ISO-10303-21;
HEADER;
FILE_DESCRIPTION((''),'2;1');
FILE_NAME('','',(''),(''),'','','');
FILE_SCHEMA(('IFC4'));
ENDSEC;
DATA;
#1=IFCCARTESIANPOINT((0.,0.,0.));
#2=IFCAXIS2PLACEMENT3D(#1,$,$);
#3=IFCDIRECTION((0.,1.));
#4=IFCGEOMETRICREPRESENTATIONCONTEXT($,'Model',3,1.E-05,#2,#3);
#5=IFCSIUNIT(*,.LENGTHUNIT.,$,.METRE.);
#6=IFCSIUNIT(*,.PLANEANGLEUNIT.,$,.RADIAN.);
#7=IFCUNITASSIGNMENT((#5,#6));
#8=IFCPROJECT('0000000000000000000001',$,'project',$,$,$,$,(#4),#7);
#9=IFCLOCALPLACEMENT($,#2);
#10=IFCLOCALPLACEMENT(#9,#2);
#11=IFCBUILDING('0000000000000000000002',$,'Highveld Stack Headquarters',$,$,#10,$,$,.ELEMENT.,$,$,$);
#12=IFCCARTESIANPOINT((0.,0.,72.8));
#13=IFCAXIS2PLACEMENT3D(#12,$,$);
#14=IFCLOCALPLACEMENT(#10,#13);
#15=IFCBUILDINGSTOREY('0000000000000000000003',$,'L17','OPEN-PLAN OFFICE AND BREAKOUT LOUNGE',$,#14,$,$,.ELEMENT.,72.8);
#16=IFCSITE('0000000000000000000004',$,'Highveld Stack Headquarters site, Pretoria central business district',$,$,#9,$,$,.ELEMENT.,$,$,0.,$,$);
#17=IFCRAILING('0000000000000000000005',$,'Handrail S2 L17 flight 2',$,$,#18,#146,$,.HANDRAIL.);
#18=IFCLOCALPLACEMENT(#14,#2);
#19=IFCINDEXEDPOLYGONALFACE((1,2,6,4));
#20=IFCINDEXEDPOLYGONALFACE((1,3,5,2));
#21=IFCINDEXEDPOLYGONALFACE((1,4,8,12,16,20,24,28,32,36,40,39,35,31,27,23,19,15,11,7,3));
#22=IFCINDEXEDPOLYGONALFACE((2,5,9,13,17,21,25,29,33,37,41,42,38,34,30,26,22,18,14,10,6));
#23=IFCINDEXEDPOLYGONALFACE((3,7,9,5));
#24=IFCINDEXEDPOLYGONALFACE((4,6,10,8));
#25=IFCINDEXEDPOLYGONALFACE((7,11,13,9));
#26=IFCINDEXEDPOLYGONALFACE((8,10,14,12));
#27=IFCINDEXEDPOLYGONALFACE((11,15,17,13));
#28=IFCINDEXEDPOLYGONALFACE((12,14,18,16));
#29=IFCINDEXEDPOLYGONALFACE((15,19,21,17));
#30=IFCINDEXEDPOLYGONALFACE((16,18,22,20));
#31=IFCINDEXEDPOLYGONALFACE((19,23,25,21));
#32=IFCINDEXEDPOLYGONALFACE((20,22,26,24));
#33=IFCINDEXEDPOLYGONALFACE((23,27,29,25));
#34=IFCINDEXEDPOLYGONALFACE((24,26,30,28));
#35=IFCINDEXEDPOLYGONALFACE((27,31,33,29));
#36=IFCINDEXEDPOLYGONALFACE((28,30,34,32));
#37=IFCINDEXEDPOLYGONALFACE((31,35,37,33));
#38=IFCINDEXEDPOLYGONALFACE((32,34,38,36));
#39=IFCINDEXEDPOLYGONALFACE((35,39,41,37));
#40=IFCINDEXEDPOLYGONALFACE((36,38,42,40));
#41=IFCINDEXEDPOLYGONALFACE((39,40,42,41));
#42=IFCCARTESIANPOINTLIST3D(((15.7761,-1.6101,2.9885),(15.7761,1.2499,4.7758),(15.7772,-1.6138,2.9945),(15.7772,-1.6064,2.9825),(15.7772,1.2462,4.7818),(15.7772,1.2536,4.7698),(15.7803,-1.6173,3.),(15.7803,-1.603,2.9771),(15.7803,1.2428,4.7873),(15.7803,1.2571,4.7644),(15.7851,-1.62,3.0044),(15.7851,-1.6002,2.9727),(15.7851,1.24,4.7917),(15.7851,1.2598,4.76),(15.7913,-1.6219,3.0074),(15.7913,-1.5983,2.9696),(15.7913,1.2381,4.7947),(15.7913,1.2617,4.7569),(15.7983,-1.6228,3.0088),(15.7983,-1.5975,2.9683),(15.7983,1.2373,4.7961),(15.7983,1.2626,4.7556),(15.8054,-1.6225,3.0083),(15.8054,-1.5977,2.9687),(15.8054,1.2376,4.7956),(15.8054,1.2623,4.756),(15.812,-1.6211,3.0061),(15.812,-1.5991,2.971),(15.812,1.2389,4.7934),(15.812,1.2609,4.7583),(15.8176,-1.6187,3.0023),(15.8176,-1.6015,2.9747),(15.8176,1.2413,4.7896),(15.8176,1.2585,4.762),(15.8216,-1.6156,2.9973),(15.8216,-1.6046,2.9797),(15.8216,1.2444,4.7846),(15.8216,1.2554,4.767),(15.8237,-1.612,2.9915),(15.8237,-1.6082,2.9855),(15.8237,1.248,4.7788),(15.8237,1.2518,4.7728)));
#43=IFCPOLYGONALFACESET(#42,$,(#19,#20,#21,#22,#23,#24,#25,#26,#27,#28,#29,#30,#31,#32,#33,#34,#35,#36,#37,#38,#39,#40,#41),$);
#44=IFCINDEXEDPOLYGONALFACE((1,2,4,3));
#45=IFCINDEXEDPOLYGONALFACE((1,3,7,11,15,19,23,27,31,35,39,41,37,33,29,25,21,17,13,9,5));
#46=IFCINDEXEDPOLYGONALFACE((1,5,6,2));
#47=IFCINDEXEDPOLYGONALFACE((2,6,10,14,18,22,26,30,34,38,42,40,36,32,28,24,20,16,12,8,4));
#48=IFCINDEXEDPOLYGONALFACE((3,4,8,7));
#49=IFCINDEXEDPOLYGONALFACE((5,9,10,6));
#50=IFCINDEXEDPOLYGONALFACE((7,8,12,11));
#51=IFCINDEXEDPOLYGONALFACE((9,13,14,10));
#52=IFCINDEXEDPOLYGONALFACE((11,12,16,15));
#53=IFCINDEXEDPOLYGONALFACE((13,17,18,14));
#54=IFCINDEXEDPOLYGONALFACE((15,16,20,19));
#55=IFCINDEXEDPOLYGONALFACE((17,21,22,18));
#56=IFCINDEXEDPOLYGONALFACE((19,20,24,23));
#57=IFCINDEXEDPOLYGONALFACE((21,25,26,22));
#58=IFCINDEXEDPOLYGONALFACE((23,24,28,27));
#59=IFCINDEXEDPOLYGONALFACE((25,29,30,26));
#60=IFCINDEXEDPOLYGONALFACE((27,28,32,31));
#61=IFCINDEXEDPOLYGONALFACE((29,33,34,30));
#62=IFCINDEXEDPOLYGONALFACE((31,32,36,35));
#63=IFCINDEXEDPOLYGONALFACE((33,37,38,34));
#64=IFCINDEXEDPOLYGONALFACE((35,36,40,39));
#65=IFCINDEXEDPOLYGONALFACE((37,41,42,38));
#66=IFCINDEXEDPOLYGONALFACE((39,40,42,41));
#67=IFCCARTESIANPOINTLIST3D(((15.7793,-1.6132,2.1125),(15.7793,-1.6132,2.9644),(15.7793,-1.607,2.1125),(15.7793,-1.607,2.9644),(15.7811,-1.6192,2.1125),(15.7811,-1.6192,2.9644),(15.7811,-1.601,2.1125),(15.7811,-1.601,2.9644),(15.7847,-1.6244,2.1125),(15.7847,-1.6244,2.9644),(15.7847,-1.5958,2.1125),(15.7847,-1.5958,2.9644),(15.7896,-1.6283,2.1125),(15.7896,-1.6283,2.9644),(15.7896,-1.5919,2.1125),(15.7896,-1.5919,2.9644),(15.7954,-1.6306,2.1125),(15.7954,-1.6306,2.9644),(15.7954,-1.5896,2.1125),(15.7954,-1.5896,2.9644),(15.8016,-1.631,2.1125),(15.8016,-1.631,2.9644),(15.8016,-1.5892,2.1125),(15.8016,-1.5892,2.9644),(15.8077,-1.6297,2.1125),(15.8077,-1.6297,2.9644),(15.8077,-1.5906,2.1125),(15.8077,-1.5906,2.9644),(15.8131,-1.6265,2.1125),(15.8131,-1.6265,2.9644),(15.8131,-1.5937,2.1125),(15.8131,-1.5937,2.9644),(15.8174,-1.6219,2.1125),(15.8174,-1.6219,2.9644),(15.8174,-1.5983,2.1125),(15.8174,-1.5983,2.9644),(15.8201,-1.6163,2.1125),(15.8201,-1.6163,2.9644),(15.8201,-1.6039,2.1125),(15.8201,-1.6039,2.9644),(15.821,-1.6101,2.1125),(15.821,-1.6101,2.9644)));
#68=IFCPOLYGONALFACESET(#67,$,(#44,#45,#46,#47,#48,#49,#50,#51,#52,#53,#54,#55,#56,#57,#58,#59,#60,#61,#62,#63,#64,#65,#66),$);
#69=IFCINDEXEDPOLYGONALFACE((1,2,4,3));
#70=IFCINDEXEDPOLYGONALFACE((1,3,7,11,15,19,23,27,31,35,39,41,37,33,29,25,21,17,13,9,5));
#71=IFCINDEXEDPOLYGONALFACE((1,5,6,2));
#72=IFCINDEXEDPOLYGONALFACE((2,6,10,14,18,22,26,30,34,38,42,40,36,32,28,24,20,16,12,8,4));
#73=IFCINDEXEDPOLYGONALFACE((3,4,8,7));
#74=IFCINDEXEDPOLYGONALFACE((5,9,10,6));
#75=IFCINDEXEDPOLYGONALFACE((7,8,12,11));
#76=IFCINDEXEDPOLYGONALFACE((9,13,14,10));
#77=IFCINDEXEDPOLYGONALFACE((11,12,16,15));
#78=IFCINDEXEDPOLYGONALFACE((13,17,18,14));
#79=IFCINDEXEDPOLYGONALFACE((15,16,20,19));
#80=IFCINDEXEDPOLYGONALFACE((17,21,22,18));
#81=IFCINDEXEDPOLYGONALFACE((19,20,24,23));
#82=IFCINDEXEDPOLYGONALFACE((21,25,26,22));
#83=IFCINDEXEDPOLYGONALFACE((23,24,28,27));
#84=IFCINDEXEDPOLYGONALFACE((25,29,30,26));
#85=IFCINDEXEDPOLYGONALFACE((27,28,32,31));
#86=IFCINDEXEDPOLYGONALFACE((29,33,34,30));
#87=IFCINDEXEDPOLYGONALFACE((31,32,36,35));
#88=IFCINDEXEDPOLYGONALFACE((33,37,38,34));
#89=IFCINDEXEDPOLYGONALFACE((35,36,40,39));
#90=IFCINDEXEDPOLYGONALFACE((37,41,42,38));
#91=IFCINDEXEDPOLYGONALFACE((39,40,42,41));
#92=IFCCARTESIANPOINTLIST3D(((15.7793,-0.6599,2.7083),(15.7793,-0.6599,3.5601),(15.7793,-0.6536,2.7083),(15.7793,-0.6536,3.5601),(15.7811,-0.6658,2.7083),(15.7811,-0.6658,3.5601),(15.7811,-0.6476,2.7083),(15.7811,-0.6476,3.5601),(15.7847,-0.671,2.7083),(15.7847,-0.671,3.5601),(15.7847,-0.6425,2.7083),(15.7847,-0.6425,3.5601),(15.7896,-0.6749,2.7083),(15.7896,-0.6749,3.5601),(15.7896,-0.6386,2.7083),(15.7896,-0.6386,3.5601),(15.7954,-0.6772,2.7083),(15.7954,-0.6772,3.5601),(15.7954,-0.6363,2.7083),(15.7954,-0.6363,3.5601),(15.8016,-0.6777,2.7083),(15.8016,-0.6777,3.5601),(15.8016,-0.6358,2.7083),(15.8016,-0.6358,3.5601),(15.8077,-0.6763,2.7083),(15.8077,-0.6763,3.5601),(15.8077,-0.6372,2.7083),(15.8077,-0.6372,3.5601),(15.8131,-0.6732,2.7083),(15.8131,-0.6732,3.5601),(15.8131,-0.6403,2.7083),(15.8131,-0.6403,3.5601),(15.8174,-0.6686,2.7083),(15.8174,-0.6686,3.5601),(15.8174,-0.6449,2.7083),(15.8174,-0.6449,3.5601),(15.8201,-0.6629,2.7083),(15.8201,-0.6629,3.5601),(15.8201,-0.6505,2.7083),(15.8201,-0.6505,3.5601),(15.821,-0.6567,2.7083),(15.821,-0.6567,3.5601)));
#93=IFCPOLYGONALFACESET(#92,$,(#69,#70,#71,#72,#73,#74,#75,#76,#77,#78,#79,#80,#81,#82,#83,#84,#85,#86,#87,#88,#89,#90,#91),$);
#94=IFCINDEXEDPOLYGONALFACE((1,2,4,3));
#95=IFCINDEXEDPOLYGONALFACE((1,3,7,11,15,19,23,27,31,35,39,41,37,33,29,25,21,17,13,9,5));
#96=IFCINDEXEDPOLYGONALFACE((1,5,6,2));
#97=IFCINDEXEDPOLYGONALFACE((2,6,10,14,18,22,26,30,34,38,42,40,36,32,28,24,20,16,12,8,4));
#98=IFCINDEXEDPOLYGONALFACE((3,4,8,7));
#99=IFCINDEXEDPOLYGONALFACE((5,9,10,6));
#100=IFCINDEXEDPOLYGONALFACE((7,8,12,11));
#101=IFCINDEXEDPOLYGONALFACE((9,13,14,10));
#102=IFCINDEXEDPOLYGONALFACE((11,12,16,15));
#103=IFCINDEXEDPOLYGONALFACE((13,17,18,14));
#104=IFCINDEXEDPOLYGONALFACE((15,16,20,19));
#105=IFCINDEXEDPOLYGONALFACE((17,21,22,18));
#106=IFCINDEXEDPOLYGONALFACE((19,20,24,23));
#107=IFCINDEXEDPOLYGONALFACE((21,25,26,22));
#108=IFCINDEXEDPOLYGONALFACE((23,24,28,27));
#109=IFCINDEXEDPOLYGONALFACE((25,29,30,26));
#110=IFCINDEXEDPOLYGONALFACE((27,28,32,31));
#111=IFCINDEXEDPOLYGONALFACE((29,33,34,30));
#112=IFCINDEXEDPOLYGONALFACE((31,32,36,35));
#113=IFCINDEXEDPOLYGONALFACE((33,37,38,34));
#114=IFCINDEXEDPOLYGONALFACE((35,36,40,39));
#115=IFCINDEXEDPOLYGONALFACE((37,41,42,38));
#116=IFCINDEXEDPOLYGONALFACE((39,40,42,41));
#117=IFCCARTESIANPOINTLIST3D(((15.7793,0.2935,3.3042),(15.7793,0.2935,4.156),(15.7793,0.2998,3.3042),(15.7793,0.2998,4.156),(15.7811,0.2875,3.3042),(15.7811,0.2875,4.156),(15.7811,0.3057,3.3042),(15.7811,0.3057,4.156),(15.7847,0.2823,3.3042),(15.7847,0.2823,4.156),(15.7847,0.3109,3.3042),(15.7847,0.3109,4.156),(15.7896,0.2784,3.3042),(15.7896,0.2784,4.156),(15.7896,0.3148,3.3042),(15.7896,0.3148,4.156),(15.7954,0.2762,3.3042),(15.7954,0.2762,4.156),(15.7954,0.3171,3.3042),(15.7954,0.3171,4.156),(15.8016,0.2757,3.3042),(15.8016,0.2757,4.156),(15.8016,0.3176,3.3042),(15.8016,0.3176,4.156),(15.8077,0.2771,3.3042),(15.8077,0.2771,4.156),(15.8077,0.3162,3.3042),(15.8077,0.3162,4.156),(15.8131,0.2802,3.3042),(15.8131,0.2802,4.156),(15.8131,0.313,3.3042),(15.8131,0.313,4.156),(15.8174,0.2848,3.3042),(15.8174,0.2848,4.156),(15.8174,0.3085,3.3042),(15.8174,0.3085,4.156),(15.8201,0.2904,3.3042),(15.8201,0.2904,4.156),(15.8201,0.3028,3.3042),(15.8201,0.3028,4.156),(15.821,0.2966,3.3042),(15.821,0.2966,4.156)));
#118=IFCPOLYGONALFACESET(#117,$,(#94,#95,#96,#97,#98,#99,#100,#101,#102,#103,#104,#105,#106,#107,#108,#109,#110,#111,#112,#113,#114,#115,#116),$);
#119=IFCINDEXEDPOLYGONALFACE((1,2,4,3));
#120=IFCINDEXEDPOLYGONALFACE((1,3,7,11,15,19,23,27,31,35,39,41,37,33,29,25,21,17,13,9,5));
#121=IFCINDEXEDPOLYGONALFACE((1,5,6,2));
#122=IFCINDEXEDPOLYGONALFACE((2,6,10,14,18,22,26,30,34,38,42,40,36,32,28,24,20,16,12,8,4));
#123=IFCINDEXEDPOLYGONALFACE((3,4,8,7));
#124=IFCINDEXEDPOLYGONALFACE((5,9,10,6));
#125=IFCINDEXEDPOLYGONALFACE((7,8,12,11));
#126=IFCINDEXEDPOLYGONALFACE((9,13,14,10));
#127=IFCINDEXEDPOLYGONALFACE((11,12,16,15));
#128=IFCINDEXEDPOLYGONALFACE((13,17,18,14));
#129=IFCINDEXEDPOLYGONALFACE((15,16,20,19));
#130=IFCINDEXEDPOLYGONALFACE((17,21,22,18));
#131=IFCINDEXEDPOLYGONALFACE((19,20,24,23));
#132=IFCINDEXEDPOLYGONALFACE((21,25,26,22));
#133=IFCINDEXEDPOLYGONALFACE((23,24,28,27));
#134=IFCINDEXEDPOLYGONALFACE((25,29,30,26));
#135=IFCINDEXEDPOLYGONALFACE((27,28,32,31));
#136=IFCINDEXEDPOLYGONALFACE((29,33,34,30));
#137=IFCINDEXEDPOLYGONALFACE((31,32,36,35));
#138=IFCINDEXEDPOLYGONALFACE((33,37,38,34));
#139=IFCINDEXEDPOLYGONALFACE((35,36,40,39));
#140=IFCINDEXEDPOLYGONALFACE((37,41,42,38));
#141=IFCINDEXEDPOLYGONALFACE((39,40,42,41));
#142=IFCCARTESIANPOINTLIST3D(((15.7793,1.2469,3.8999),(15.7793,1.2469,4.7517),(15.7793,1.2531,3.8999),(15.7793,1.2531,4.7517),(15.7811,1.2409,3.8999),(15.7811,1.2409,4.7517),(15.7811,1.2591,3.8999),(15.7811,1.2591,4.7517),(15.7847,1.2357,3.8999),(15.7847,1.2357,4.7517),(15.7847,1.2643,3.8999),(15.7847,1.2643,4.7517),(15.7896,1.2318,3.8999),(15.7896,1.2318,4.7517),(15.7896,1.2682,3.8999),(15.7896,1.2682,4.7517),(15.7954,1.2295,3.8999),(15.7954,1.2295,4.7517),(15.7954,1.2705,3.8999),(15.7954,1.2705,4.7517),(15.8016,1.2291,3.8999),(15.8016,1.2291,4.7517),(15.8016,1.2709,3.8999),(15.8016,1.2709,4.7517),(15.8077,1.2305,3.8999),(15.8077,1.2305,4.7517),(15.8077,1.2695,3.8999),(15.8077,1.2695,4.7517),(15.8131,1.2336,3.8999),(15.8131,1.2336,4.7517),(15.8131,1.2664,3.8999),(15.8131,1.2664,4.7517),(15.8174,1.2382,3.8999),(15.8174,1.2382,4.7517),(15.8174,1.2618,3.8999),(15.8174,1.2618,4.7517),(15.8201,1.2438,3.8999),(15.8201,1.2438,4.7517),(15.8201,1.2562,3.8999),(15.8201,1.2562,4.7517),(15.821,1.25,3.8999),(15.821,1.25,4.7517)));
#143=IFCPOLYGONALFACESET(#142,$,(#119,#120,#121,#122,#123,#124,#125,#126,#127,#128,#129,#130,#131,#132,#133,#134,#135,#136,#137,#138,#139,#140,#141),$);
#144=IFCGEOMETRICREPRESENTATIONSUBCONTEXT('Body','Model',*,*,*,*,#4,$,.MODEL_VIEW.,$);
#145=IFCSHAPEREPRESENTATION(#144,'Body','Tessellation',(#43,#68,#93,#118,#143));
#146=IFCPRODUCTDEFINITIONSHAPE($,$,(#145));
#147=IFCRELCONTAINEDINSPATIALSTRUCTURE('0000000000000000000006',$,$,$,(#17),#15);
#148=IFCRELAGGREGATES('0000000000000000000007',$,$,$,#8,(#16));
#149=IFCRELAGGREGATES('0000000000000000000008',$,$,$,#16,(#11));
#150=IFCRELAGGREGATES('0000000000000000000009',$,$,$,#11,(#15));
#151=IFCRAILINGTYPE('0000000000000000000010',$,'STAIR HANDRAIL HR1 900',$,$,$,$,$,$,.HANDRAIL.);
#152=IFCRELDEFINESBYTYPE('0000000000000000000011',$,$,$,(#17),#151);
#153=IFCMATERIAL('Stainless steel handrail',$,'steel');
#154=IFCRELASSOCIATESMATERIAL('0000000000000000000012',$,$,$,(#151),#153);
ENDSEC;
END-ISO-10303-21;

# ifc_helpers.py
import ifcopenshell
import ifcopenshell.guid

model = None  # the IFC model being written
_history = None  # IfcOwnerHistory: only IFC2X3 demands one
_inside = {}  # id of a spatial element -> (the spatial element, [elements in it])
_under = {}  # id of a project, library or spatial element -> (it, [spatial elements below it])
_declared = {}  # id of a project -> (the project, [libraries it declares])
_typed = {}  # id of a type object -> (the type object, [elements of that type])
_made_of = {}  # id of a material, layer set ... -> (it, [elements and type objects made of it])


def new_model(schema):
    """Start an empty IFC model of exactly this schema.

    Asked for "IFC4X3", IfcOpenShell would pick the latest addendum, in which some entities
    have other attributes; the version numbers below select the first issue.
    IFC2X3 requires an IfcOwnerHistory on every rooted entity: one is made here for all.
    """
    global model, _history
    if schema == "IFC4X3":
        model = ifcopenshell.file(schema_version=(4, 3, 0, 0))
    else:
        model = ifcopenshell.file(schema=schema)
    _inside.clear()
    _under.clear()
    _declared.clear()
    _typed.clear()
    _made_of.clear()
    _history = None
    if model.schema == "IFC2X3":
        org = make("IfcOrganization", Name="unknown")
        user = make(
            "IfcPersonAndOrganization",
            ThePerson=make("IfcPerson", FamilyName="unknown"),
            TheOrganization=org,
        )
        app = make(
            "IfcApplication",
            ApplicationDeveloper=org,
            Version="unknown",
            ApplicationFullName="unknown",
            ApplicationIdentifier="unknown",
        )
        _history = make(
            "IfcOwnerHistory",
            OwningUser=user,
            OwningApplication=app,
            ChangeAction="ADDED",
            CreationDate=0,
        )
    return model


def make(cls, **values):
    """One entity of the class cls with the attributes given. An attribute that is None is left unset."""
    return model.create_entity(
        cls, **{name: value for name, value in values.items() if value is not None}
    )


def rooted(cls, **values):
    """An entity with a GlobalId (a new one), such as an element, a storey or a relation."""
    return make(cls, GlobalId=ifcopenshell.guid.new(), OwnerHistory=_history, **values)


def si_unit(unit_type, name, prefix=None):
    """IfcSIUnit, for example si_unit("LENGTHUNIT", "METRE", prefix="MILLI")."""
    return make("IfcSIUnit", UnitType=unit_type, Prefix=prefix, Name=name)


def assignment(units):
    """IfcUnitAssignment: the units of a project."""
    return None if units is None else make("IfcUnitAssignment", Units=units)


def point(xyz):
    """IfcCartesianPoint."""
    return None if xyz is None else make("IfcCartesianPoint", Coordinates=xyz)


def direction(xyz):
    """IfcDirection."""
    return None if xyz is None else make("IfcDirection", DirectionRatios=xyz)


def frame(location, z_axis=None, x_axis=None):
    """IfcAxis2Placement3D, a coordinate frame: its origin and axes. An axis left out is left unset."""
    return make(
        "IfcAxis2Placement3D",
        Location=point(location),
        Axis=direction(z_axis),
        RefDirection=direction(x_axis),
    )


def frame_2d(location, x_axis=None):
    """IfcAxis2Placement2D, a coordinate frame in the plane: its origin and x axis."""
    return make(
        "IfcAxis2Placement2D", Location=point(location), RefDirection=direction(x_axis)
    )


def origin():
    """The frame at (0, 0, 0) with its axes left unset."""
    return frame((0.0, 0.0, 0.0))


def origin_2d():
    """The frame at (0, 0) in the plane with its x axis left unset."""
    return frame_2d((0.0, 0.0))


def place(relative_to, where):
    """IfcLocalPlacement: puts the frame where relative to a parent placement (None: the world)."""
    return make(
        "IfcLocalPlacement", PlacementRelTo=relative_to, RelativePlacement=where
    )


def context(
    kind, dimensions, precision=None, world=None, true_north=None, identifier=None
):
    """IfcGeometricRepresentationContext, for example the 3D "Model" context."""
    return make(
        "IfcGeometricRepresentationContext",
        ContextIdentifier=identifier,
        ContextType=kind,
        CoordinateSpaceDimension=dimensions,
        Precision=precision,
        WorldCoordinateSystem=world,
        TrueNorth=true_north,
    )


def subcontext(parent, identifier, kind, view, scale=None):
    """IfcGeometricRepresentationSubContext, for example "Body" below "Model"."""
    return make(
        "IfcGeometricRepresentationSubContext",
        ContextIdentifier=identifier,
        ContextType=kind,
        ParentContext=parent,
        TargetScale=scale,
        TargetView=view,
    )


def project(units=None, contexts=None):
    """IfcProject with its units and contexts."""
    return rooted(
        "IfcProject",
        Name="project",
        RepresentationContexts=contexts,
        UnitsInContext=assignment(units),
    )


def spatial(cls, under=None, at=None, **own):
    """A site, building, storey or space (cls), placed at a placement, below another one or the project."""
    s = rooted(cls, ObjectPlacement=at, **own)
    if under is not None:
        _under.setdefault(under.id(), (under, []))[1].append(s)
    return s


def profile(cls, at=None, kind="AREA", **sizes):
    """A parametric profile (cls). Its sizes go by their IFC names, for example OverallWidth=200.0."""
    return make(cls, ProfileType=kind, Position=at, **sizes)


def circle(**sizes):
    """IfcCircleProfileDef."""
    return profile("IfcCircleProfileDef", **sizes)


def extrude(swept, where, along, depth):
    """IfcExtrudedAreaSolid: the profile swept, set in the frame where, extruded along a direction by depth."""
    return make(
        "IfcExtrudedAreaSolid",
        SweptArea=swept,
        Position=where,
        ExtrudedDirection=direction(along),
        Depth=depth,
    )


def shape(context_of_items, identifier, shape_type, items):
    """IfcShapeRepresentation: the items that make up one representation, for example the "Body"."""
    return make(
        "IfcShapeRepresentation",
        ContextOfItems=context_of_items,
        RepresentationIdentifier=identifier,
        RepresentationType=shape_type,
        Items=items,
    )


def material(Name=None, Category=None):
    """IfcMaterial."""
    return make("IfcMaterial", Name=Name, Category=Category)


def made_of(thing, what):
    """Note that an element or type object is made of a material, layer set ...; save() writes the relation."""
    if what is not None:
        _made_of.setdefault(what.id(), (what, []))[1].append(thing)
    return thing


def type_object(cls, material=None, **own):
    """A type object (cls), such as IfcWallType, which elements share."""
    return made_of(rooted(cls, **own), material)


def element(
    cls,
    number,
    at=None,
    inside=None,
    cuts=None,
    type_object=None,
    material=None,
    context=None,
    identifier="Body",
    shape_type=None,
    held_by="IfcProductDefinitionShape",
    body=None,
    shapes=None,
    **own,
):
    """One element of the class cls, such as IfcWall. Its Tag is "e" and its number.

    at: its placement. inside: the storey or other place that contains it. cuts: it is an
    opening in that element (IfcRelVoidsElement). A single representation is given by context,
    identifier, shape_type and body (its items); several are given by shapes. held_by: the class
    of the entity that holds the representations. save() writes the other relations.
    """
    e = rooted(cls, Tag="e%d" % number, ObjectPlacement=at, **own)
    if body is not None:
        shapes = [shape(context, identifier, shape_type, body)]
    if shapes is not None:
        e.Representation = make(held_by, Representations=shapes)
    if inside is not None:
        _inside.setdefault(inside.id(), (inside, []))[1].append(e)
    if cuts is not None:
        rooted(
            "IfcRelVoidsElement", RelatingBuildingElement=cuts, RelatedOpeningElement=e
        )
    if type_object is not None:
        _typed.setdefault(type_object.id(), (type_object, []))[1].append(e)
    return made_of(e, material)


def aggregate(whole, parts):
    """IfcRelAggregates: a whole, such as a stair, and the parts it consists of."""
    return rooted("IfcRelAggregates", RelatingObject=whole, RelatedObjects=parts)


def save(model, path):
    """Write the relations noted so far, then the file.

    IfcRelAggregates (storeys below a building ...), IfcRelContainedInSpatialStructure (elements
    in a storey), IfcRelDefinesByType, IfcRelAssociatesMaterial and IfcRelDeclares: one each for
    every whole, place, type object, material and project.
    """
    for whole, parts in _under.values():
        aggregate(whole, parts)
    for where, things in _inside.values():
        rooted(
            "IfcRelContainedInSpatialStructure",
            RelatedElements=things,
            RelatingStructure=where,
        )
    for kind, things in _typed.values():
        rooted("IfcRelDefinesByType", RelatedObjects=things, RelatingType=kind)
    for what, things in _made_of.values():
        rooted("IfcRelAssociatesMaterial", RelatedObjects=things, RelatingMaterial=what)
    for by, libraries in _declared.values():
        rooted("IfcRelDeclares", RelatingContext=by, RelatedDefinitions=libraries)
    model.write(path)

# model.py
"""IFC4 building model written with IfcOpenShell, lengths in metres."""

from ifc_helpers import new_model, si_unit, direction, frame, origin, origin_2d, place, context, subcontext, project, spatial, circle, extrude, material, type_object, element, save


model = new_model("IFC4")

# Units and contexts
model_context = context("Model", 3, precision=1e-05, world=origin(), true_north=direction((0.0, 1.0)))
body_context = subcontext(model_context, "Body", "Model", "MODEL_VIEW")
ifc_project = project(units=[si_unit("LENGTHUNIT", "METRE"), si_unit("PLANEANGLEUNIT", "RADIAN")], contexts=[model_context])

# Site, building, storey
site_placement = place(None, origin())
site = spatial("IfcSite", under=ifc_project, at=site_placement, Name="Highveld Stack Headquarters site, Pretoria central business district", CompositionType="ELEMENT", RefElevation=0.0)
building_placement = place(site_placement, origin())
building = spatial("IfcBuilding", under=site, at=building_placement, Name="Highveld Stack Headquarters", CompositionType="ELEMENT")
storey_placement = place(building_placement, frame((0.0, 0.0, 72.8)))
storey = spatial("IfcBuildingStorey", under=building, at=storey_placement, Name="L17", Description="OPEN-PLAN OFFICE AND BREAKOUT LOUNGE", CompositionType="ELEMENT", Elevation=72.8)

# Railing
ifc_material_1 = material(Name="Stainless steel handrail", Category="steel")
railing_type = type_object("IfcRailingType", Name="STAIR HANDRAIL HR1 900", PredefinedType="HANDRAIL", material=ifc_material_1)
for number, where, name in (
    (1, (15.8, -1.6101, 2.1125), "Handrail S2 L17 flight 2"),
):
    element("IfcRailing", number, at=place(storey_placement, frame(where)), inside=storey, type_object=railing_type, Name=name, PredefinedType="HANDRAIL", context=body_context, shape_type="SweptSolid", body=[
        extrude(circle(Radius=0.0239, at=origin_2d()), frame((0.0, 0.0, 0.876), z_axis=(0.0, 0.848027, 0.529953), x_axis=(-1.0, 0.0, 0.0)), (0.0, 0.0, 1.0), 3.3726),
        extrude(circle(Radius=0.021, at=origin_2d()), origin(), (0.0, 0.0, 1.0), 0.8518),
        extrude(circle(Radius=0.021, at=origin_2d()), frame((0.0, 0.9534, 0.5957)), (0.0, 0.0, 1.0), 0.8518),
        extrude(circle(Radius=0.021, at=origin_2d()), frame((0.0, 1.9067, 1.1917)), (0.0, 0.0, 1.0), 0.8518),
        extrude(circle(Radius=0.021, at=origin_2d()), frame((0.0, 2.8601, 1.7874)), (0.0, 0.0, 1.0), 0.8518),
    ])

save(model, "model.ifc")
